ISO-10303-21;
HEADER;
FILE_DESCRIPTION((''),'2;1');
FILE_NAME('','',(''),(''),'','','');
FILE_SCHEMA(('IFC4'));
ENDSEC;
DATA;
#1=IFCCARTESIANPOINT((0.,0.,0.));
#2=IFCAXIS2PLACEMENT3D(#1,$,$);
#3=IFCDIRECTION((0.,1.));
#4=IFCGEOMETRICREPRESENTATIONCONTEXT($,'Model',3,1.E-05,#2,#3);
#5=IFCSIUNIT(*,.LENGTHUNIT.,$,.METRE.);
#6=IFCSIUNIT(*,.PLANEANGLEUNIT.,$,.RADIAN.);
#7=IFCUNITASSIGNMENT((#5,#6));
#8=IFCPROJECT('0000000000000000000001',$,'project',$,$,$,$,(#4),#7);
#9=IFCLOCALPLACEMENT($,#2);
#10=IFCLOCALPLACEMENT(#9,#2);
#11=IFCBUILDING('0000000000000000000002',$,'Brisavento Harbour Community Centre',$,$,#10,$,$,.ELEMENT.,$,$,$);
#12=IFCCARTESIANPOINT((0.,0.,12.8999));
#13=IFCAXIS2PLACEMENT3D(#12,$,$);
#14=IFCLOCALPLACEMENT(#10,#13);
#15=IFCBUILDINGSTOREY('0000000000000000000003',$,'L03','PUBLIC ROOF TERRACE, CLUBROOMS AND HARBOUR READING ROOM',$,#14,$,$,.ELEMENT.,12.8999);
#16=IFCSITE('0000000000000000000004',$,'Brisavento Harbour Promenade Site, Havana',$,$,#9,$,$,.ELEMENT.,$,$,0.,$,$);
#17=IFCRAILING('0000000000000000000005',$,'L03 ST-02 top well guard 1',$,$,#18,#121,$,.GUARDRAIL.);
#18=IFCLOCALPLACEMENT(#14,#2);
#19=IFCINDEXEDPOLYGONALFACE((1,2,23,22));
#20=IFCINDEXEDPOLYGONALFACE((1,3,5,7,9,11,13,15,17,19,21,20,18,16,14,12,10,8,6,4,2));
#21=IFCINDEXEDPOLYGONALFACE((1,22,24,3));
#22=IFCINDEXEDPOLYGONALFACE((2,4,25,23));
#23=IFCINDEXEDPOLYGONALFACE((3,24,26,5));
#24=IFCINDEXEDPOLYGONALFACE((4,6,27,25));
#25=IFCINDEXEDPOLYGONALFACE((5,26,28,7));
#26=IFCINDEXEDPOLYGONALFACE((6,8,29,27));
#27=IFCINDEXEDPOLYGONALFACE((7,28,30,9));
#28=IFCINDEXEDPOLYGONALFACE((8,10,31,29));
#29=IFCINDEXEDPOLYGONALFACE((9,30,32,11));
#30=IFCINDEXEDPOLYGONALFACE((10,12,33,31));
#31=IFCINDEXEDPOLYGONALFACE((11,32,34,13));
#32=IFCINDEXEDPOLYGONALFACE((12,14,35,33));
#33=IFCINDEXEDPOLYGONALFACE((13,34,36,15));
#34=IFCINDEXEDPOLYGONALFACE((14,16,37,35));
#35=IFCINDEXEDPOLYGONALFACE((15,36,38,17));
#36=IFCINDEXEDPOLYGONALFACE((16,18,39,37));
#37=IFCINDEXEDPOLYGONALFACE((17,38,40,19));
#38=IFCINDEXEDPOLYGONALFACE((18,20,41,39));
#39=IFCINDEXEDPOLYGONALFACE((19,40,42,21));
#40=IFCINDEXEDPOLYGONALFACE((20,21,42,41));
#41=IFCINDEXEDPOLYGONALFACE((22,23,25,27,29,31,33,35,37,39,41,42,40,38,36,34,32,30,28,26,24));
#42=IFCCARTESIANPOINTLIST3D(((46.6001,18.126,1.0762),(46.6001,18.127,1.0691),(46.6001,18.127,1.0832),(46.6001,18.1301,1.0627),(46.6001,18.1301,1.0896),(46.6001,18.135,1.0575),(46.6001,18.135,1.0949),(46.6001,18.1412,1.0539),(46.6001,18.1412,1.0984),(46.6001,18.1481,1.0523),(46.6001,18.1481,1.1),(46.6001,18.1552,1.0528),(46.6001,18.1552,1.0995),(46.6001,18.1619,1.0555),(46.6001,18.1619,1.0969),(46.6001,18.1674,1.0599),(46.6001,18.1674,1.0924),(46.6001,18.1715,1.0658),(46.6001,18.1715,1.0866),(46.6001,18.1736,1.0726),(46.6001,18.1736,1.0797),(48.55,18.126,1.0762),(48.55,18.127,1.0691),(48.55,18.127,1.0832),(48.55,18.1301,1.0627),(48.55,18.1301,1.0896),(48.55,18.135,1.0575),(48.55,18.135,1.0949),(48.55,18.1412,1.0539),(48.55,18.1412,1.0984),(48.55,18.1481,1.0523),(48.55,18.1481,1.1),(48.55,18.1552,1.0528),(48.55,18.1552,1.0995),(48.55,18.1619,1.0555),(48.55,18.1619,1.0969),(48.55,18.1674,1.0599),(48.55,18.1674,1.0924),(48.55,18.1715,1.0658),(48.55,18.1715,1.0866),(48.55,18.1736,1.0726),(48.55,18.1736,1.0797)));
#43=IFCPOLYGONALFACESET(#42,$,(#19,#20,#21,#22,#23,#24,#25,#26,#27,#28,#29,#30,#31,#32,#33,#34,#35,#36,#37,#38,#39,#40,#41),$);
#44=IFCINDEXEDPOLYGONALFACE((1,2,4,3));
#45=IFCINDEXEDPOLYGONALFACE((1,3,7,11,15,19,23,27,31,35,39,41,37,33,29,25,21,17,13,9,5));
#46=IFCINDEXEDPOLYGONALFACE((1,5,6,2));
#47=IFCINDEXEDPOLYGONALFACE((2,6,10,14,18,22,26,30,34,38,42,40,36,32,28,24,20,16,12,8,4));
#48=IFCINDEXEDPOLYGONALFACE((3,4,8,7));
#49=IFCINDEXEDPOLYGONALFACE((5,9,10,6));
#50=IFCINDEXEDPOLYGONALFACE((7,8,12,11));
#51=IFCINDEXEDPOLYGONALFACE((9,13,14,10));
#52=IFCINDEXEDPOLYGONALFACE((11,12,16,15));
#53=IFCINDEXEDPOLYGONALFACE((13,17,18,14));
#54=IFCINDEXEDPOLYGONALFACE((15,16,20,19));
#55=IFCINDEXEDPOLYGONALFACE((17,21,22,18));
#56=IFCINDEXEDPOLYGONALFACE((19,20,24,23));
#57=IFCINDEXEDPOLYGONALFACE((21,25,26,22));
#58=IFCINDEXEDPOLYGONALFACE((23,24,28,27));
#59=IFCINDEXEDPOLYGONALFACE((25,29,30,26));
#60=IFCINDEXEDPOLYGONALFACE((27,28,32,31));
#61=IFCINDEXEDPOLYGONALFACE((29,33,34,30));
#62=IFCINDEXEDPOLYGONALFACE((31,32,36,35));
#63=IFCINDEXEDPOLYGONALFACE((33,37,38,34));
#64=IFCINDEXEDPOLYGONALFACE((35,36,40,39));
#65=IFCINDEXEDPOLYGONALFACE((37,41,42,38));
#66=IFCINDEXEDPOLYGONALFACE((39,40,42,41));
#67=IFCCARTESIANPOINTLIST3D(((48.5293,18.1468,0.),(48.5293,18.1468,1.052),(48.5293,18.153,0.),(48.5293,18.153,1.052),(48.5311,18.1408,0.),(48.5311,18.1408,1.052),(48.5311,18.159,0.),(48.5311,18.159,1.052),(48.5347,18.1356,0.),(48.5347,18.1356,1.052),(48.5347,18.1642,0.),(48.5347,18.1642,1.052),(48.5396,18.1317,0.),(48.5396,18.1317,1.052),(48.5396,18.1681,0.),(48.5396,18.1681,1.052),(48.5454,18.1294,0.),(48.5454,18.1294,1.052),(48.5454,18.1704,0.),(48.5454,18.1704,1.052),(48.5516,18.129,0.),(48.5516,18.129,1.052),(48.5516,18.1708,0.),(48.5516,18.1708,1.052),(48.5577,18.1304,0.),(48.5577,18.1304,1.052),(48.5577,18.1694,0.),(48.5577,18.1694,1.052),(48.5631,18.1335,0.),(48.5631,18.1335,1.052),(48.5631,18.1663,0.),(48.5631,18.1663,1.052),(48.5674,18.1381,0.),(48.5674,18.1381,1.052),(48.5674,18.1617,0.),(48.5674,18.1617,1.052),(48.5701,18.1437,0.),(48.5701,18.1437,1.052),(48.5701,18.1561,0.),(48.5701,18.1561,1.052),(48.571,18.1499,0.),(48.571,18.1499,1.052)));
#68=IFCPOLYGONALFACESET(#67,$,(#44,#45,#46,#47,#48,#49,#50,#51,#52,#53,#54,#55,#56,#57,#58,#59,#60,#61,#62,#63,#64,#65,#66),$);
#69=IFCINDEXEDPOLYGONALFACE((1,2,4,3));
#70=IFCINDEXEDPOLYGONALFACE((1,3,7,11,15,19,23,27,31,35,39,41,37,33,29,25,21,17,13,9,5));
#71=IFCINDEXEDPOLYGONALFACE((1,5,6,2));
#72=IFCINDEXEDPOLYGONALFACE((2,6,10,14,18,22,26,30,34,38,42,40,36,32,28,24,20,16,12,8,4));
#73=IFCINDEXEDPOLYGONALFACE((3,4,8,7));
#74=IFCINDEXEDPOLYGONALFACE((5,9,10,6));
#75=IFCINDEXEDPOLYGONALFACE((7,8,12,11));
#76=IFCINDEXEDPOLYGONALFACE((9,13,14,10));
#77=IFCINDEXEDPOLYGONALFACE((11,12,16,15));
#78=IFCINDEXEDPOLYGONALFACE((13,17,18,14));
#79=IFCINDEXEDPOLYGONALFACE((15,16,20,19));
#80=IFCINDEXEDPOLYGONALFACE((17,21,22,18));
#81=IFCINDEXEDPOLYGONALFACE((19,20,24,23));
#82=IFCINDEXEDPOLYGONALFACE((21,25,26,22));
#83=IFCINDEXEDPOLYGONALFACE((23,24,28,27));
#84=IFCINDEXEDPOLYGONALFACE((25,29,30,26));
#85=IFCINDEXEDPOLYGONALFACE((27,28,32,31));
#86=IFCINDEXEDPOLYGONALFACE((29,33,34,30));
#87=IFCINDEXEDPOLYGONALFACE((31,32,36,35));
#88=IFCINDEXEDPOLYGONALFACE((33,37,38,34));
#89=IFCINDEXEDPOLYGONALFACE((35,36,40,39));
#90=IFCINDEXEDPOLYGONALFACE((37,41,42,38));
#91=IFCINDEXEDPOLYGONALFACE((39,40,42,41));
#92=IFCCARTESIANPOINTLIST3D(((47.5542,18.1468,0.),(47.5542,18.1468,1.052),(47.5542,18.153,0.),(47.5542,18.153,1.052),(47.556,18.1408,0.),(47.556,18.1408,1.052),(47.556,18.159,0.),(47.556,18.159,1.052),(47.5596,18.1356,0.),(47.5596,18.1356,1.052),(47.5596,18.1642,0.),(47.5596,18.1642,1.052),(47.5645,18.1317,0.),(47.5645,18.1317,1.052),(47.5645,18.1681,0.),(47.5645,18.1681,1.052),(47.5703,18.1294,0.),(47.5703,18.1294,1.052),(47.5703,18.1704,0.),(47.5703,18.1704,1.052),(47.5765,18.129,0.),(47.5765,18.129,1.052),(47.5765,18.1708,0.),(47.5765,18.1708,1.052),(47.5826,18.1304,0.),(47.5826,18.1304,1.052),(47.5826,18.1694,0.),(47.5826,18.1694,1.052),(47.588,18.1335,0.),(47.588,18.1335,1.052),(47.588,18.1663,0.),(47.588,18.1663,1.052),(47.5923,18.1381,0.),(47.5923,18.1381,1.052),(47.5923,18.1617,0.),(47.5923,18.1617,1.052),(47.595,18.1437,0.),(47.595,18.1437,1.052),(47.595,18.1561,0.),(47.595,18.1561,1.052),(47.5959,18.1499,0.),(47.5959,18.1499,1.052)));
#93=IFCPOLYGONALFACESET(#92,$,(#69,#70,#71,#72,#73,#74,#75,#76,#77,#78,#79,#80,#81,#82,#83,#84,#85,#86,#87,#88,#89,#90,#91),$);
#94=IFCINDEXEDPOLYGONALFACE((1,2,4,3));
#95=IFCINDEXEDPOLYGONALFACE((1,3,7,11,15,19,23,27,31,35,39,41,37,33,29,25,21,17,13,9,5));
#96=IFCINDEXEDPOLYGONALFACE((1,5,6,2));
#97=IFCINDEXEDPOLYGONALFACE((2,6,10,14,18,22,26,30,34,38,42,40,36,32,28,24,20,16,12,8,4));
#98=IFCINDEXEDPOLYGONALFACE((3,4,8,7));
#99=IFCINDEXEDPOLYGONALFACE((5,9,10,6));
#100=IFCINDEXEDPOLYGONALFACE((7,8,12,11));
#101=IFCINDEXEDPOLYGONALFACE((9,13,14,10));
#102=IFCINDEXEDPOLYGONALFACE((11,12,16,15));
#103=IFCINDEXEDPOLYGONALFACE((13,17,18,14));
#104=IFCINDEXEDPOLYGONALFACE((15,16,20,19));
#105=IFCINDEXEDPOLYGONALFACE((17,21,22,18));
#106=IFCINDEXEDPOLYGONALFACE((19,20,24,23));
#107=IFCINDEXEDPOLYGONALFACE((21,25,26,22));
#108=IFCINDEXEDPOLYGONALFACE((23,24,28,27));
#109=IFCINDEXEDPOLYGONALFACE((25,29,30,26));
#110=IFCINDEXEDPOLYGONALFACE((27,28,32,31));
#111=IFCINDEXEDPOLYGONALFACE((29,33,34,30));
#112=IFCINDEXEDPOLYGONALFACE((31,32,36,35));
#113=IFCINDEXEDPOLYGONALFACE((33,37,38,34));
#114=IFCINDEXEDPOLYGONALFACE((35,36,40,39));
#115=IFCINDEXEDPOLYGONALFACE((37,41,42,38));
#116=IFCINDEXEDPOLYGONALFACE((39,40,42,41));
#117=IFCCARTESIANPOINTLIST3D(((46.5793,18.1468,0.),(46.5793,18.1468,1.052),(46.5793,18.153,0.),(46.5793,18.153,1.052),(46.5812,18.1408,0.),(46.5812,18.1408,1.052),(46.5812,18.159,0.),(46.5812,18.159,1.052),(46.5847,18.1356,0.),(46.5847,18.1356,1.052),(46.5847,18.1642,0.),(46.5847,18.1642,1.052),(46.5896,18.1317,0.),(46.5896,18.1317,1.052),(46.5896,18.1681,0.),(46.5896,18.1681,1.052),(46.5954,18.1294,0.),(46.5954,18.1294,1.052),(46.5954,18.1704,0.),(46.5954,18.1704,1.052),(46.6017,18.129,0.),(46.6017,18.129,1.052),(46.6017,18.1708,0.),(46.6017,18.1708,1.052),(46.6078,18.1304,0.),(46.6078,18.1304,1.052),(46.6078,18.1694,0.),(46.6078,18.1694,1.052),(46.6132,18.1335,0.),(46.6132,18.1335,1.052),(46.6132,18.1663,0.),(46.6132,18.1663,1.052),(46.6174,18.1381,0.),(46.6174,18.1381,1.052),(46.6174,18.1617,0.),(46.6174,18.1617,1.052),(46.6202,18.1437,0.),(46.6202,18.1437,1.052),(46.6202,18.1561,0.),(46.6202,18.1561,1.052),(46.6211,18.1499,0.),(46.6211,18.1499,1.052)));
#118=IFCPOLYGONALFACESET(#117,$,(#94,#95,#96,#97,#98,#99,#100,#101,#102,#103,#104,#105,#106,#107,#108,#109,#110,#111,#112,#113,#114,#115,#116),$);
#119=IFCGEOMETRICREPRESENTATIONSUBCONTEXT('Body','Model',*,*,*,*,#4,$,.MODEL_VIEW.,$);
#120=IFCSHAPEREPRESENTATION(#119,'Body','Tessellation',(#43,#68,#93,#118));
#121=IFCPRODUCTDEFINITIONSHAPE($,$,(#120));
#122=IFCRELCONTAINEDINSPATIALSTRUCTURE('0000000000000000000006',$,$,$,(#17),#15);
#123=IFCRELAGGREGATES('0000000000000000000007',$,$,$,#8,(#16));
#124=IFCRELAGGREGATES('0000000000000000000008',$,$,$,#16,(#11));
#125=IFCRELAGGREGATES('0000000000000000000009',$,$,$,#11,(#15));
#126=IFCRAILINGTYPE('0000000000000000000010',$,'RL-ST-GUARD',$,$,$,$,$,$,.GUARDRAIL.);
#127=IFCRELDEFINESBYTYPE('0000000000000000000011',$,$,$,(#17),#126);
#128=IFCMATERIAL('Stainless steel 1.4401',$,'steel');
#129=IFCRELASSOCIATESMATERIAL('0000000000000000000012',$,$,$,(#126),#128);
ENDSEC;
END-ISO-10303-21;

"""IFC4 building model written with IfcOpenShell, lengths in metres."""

from ifc_helpers import new_model, si_unit, direction, frame, origin, origin_2d, place, context, subcontext, project, spatial, circle, extrude, material, type_object, element, save


model = new_model("IFC4")

# Units and contexts
model_context = context("Model", 3, precision=1e-05, world=origin(), true_north=direction((0.0, 1.0)))
body_context = subcontext(model_context, "Body", "Model", "MODEL_VIEW")
ifc_project = project(units=[si_unit("LENGTHUNIT", "METRE"), si_unit("PLANEANGLEUNIT", "RADIAN")], contexts=[model_context])

# Site, building, storey
site_placement = place(None, origin())
site = spatial("IfcSite", under=ifc_project, at=site_placement, Name="Brisavento Harbour Promenade Site, Havana", CompositionType="ELEMENT", RefElevation=0.0)
building_placement = place(site_placement, origin())
building = spatial("IfcBuilding", under=site, at=building_placement, Name="Brisavento Harbour Community Centre", CompositionType="ELEMENT")
storey_placement = place(building_placement, frame((0.0, 0.0, 12.8999)))
storey = spatial("IfcBuildingStorey", under=building, at=storey_placement, Name="L03", Description="PUBLIC ROOF TERRACE, CLUBROOMS AND HARBOUR READING ROOM", CompositionType="ELEMENT", Elevation=12.8999)

# Railing
ifc_material_1 = material(Name="Stainless steel 1.4401", Category="steel")
railing_type = type_object("IfcRailingType", Name="RL-ST-GUARD", PredefinedType="GUARDRAIL", material=ifc_material_1)
railing_placement = place(storey_placement, frame((48.55, 18.1499, 0.0)))
element("IfcRailing", 1, at=railing_placement, inside=storey, type_object=railing_type, Name="L03 ST-02 top well guard 1", PredefinedType="GUARDRAIL", context=body_context, shape_type="SweptSolid", body=[
    extrude(circle(Radius=0.0239, at=origin_2d()), frame((0.0, 0.0, 1.0762), z_axis=(-1.0, 0.0, 0.0), x_axis=(0.0, -1.0, 0.0)), (0.0, 0.0, 1.0), 1.95),
    extrude(circle(Radius=0.021, at=origin_2d()), origin(), (0.0, 0.0, 1.0), 1.052),
    extrude(circle(Radius=0.021, at=origin_2d()), frame((-0.9751, 0.0, 0.0)), (0.0, 0.0, 1.0), 1.052),
    extrude(circle(Radius=0.021, at=origin_2d()), frame((-1.95, 0.0, 0.0)), (0.0, 0.0, 1.0), 1.052),
])

save(model, "model.ifc")
